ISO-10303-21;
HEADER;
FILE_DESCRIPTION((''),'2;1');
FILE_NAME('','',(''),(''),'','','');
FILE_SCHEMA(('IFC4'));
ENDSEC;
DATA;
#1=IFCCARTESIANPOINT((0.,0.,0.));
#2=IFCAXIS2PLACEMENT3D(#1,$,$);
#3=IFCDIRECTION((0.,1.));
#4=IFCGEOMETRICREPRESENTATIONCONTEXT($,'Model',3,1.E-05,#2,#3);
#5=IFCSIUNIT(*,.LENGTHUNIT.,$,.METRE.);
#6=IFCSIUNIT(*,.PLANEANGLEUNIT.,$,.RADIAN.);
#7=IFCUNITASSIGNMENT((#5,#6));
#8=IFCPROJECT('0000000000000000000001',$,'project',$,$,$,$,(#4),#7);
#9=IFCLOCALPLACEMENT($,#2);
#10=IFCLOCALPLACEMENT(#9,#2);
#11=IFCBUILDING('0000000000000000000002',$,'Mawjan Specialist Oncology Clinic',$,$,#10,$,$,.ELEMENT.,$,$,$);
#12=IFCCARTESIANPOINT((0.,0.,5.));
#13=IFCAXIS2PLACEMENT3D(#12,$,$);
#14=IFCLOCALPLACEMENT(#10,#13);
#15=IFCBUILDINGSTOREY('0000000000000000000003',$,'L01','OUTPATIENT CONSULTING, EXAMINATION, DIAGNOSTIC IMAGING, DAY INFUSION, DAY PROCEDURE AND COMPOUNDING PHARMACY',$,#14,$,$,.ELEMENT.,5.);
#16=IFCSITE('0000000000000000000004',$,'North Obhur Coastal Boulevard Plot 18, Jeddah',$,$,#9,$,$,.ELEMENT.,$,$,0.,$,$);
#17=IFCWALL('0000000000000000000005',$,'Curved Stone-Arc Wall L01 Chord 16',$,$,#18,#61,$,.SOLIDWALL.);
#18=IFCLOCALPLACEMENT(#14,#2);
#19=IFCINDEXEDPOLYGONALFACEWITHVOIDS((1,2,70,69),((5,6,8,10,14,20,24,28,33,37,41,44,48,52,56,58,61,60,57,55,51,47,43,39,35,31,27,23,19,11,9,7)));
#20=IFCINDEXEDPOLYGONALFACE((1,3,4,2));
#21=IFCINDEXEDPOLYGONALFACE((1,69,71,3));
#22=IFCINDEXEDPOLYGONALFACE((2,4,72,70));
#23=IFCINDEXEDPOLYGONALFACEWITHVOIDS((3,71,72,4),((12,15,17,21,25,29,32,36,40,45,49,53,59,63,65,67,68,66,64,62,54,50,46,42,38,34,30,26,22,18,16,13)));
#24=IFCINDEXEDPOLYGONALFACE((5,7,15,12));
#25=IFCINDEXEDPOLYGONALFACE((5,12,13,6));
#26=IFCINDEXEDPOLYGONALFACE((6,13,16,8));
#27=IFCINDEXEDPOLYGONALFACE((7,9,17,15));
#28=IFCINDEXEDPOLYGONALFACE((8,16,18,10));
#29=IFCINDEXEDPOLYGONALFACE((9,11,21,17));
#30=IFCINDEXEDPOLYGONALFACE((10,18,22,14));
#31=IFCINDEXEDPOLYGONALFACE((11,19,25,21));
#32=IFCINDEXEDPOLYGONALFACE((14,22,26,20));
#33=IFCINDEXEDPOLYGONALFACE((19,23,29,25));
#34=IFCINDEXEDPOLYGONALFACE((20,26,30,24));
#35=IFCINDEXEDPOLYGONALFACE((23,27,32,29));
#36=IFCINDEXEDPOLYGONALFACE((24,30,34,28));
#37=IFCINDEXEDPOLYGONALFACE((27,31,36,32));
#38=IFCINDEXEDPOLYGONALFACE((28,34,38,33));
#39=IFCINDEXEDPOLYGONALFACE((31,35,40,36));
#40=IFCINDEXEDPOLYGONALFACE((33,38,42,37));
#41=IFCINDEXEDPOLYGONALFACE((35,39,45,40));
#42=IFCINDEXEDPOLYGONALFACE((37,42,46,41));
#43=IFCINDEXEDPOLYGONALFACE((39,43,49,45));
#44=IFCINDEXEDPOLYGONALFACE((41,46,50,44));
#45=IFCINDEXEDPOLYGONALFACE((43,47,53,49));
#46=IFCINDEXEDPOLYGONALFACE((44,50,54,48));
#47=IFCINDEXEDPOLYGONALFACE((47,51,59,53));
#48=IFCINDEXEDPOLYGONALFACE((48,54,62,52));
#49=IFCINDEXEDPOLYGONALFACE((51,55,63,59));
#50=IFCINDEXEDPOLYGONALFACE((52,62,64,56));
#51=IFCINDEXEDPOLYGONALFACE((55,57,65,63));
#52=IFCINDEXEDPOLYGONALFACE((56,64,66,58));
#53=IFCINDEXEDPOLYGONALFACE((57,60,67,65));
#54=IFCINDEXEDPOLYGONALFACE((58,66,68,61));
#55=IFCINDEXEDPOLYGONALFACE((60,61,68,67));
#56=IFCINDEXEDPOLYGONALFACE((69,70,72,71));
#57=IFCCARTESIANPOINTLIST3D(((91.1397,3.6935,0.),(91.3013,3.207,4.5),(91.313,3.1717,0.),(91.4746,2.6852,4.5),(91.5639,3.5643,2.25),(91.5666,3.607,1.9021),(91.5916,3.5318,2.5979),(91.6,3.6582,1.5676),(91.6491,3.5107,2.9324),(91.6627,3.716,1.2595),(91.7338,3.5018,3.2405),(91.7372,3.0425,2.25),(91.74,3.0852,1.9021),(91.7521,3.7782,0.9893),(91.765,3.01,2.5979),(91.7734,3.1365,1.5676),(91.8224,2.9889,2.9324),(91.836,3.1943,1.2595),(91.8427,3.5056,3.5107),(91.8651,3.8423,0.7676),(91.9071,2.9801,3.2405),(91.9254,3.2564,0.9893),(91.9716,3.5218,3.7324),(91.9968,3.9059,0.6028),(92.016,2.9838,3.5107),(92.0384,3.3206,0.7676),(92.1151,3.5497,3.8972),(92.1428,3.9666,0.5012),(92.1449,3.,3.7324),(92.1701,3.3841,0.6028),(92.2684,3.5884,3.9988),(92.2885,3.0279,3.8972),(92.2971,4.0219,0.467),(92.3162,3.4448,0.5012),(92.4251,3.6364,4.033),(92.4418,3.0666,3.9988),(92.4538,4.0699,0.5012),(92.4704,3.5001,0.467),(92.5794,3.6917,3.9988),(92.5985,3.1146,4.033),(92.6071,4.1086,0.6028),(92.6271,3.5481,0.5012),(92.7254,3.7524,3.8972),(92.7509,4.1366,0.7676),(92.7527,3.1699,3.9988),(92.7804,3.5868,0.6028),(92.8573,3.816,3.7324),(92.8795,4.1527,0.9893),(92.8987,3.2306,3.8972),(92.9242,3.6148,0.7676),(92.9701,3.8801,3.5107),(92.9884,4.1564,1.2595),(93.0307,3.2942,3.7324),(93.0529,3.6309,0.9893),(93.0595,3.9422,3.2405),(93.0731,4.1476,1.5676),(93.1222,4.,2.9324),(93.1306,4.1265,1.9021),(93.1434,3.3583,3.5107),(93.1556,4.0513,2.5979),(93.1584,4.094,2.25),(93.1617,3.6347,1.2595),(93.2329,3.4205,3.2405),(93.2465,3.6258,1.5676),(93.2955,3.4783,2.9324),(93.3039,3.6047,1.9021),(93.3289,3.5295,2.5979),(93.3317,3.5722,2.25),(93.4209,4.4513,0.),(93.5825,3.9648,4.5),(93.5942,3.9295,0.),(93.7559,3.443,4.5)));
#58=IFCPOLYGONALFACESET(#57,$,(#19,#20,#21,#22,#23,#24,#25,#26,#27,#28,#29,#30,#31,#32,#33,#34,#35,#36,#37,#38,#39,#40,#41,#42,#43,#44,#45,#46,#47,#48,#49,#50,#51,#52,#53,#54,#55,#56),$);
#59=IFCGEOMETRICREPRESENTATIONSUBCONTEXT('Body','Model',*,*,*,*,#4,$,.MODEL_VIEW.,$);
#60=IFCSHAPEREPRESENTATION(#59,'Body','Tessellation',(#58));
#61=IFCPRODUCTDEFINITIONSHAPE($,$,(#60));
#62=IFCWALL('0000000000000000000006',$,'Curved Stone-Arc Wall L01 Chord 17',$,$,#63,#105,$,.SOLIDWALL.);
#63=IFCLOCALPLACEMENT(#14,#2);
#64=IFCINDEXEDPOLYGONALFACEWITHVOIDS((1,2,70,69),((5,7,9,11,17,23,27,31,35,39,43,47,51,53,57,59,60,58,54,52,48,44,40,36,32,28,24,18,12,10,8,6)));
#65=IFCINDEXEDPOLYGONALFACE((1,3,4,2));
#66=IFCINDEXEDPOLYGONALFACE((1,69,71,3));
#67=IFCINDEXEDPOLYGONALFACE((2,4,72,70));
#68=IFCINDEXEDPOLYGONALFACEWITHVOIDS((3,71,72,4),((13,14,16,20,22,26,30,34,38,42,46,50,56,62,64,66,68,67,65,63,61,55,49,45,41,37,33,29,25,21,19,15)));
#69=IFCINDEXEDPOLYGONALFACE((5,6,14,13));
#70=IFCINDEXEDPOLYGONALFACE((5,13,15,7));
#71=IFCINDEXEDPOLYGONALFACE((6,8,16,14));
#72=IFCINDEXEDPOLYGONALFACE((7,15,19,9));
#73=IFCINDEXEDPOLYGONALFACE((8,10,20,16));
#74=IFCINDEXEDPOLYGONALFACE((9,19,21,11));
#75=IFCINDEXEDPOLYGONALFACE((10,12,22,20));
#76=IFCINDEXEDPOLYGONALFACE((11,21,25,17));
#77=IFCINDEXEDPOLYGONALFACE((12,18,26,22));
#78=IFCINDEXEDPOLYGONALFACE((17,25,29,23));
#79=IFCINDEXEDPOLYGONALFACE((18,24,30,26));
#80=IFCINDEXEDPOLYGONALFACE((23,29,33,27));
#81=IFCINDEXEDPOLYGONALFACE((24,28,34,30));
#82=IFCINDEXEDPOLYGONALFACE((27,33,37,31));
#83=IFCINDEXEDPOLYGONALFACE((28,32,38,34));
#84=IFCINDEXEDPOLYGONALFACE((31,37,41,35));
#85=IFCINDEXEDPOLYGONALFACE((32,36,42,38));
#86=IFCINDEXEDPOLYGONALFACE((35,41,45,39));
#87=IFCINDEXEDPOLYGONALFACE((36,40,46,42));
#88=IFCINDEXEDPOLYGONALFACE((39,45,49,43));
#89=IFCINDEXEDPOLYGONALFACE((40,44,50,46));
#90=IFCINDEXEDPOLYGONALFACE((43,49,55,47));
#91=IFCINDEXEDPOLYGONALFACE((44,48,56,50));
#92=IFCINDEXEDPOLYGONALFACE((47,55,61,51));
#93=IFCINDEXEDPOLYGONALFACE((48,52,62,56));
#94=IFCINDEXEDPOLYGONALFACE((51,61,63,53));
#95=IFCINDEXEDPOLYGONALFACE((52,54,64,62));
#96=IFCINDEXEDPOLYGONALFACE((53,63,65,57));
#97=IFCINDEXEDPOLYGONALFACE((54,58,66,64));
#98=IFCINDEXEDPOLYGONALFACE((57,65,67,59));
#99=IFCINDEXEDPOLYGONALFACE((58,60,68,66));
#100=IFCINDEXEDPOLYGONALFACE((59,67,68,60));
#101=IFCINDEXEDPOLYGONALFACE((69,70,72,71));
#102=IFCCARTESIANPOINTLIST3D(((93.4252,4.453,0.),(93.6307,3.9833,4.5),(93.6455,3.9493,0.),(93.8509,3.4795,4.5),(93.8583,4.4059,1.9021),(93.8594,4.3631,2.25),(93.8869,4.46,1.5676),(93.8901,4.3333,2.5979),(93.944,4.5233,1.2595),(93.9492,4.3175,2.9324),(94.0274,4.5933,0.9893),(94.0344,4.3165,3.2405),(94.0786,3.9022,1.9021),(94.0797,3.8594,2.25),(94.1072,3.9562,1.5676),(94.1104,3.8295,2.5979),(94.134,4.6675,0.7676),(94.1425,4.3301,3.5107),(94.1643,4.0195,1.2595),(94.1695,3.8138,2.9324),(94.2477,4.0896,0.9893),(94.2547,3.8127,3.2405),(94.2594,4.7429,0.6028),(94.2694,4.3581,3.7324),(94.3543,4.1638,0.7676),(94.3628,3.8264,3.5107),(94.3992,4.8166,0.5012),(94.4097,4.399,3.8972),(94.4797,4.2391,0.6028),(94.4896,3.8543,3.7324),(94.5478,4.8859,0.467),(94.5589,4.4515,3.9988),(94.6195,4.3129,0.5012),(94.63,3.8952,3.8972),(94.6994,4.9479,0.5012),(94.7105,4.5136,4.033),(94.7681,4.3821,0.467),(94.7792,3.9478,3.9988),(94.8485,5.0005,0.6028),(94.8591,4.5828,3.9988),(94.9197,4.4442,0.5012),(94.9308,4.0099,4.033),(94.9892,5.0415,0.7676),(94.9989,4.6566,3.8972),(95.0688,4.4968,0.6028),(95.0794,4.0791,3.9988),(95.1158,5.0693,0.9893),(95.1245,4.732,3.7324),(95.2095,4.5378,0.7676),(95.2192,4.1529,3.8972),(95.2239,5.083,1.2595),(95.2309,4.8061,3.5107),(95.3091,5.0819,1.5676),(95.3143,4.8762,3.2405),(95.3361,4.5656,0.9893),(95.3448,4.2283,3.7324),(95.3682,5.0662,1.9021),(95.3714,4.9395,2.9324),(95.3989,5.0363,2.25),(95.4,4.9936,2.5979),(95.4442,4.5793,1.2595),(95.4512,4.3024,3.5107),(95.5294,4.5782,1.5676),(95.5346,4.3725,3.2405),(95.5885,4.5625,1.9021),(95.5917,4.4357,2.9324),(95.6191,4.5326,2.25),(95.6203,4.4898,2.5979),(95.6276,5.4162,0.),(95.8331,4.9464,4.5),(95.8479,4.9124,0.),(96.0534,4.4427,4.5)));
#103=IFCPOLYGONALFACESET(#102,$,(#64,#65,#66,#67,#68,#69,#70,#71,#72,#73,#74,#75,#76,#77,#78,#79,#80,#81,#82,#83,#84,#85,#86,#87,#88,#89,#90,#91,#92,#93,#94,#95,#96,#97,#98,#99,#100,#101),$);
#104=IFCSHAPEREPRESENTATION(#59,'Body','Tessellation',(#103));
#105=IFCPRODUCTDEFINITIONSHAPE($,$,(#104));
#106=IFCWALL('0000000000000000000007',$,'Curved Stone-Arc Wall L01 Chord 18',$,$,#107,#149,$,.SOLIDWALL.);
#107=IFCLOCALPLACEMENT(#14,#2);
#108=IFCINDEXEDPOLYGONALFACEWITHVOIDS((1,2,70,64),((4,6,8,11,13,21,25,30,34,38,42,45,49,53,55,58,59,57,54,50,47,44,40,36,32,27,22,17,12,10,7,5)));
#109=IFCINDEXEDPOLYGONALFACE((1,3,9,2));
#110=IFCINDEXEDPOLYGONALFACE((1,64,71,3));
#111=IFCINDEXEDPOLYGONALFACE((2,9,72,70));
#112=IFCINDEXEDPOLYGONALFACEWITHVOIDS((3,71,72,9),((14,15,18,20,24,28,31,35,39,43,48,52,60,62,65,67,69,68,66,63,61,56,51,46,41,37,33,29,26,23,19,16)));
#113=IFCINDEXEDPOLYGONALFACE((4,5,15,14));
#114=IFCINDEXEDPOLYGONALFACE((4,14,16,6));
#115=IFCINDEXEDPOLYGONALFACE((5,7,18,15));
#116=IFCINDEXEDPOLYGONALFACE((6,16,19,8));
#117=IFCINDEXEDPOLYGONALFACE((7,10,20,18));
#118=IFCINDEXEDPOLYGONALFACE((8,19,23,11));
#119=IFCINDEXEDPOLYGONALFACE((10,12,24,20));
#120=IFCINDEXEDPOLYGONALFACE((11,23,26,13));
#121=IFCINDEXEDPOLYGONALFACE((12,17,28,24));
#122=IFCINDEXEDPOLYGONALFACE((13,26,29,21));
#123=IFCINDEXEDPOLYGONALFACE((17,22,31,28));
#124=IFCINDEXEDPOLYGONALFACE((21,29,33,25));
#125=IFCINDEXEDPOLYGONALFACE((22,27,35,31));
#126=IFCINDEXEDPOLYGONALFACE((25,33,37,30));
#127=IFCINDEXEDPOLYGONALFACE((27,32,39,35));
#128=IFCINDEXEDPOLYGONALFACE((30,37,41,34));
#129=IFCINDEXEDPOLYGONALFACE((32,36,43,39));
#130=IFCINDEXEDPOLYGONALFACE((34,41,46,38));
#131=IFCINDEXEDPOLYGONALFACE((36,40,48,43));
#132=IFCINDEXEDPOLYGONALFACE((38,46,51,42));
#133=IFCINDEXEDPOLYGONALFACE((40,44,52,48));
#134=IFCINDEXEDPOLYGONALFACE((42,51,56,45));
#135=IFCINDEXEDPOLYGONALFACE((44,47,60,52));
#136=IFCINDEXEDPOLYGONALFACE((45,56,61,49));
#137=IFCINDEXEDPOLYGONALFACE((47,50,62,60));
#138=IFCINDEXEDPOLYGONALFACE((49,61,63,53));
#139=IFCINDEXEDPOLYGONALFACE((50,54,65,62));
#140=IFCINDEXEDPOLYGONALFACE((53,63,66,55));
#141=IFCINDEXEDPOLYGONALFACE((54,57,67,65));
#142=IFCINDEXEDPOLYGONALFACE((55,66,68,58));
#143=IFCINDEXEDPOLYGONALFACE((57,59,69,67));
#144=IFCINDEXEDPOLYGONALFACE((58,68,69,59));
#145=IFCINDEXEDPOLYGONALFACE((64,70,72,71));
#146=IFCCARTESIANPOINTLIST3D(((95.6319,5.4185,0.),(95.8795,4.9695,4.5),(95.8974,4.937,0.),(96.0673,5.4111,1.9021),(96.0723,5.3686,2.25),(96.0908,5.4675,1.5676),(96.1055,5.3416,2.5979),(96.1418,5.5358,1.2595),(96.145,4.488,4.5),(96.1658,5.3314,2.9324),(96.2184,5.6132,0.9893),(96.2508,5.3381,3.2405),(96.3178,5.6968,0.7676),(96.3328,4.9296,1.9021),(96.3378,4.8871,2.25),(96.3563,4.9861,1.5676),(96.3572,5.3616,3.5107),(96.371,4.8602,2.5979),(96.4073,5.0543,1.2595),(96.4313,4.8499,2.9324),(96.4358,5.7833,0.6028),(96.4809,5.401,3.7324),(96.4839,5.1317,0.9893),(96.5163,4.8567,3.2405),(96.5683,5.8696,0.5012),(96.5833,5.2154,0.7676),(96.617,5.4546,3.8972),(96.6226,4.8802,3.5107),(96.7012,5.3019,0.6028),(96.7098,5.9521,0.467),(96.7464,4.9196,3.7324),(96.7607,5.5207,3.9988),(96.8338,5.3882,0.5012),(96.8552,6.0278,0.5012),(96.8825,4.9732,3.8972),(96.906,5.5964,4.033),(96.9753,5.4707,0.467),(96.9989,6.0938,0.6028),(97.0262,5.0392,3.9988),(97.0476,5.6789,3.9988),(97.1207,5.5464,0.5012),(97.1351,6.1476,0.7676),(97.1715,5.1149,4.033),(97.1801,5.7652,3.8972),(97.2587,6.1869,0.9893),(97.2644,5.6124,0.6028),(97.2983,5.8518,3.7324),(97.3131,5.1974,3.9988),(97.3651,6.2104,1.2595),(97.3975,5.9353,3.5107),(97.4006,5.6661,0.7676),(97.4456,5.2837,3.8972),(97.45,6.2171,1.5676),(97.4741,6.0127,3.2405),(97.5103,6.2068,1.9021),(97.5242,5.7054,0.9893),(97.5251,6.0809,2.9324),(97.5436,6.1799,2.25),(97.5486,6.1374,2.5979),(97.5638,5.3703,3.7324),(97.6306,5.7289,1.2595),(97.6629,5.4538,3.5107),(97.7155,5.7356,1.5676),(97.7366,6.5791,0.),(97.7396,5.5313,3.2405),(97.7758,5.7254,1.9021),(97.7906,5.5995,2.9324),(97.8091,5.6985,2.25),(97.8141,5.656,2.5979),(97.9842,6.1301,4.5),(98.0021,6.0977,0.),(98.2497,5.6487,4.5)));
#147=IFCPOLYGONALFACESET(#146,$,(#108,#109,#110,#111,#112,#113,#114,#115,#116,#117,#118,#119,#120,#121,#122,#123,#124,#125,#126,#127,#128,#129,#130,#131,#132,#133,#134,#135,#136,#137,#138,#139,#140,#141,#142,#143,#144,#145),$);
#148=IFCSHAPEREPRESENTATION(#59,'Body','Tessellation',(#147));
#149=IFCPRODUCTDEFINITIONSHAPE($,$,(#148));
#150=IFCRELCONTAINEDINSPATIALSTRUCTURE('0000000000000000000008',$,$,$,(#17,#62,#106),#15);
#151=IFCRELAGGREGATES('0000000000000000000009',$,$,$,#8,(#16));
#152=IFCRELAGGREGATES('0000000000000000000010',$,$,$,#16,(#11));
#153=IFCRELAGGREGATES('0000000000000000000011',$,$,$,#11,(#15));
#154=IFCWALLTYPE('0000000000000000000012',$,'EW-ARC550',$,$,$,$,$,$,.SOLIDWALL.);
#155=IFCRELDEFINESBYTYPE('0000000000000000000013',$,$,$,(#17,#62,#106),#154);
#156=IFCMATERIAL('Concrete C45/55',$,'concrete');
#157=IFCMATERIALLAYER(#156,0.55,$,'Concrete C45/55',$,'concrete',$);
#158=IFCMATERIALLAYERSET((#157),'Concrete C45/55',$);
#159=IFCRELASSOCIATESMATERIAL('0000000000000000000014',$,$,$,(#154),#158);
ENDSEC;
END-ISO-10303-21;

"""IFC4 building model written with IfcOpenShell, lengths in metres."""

from ifc_helpers import new_model, si_unit, direction, frame, origin, place, context, subcontext, project, spatial, polyline, outline, extrude, material, layer, layer_set, type_object, element, save


model = new_model("IFC4")

# Units and contexts
model_context = context("Model", 3, precision=1e-05, world=origin(), true_north=direction((0.0, 1.0)))
body_context = subcontext(model_context, "Body", "Model", "MODEL_VIEW")
ifc_project = project(units=[si_unit("LENGTHUNIT", "METRE"), si_unit("PLANEANGLEUNIT", "RADIAN")], contexts=[model_context])

# Site, building, storey
site_placement = place(None, origin())
site = spatial("IfcSite", under=ifc_project, at=site_placement, Name="North Obhur Coastal Boulevard Plot 18, Jeddah", CompositionType="ELEMENT", RefElevation=0.0)
building_placement = place(site_placement, origin())
building = spatial("IfcBuilding", under=site, at=building_placement, Name="Mawjan Specialist Oncology Clinic", CompositionType="ELEMENT")
storey_placement = place(building_placement, frame((0.0, 0.0, 5.0)))
storey = spatial("IfcBuildingStorey", under=building, at=storey_placement, Name="L01", Description="OUTPATIENT CONSULTING, EXAMINATION, DIAGNOSTIC IMAGING, DAY INFUSION, DAY PROCEDURE AND COMPOUNDING PHARMACY", CompositionType="ELEMENT", Elevation=5.0)

# Walls, openings
ifc_material_1 = material(Name="Concrete C45/55", Category="concrete")
ifc_layer = layer(ifc_material_1, 0.55, Name="Concrete C45/55", Category="concrete")
ifc_layer_set = layer_set([ifc_layer], Name="Concrete C45/55")
wall_type = type_object("IfcWallType", Name="EW-ARC550", PredefinedType="SOLIDWALL", material=ifc_layer_set)
wall_1_placement = place(storey_placement, frame((93.5076, 4.1904, 0.0), z_axis=(0.0, 0.0, 1.0), x_axis=(-0.949008, -0.315253, 0.0)))
wall_1 = element("IfcWall", 1, at=wall_1_placement, inside=storey, type_object=wall_type, Name="Curved Stone-Arc Wall L01 Chord 16", PredefinedType="SOLIDWALL", context=body_context, shape_type="SweptSolid", body=[
    extrude(outline(polyline([(-0.2749, 0.0), (0.2749, 0.0), (0.7876, 4.5), (0.2378, 4.5), (-0.2749, 0.0)])), frame((0.0, 0.0, 0.0), z_axis=(1.0, 0.0, 0.0), x_axis=(0.0, 1.0, 0.0)), (0.0, 0.0, 1.0), 2.4038),
])
opening_1_placement = place(wall_1_placement, origin())
element("IfcOpeningElement", 2, at=opening_1_placement, cuts=wall_1, PredefinedType="OPENING", context=body_context, shape_type="SweptSolid", body=[
    extrude(outline(polyline([(2.042, 2.25), (2.0259, 2.5979), (1.978, 2.9324), (1.9004, 3.2405), (1.7959, 3.5107), (1.6685, 3.7324), (1.5234, 3.8972), (1.3657, 3.9988), (1.2019, 4.033), (1.0381, 3.9988), (0.8804, 3.8972), (0.7351, 3.7324), (0.6079, 3.5107), (0.5034, 3.2405), (0.4258, 2.9324), (0.3779, 2.5979), (0.3618, 2.25), (0.3779, 1.9021), (0.4258, 1.5676), (0.5034, 1.2595), (0.6079, 0.9893), (0.7351, 0.7676), (0.8804, 0.6028), (1.0381, 0.5012), (1.2019, 0.467), (1.3657, 0.5012), (1.5234, 0.6028), (1.6685, 0.7676), (1.7959, 0.9893), (1.9004, 1.2595), (1.978, 1.5676), (2.0259, 1.9021), (2.042, 2.25)])), frame((0.0, 0.8076, 0.0), z_axis=(0.0, -1.0, 0.0), x_axis=(1.0, 0.0, 0.0)), (0.0, 0.0, 1.0), 1.1028),
])
wall_2_placement = place(storey_placement, frame((95.7378, 5.1643, 0.0), z_axis=(0.0, 0.0, 1.0), x_axis=(-0.91622, -0.400675, 0.0)))
wall_2 = element("IfcWall", 3, at=wall_2_placement, inside=storey, type_object=wall_type, Name="Curved Stone-Arc Wall L01 Chord 17", PredefinedType="SOLIDWALL", context=body_context, shape_type="SweptSolid", body=[
    extrude(outline(polyline([(-0.2749, 0.0), (0.2749, 0.0), (0.7876, 4.5), (0.2378, 4.5), (-0.2749, 0.0)])), frame((0.0, 0.0, 0.0), z_axis=(1.0, 0.0, 0.0), x_axis=(0.0, 1.0, 0.0)), (0.0, 0.0, 1.0), 2.4038),
])
opening_2_placement = place(wall_2_placement, origin())
element("IfcOpeningElement", 4, at=opening_2_placement, cuts=wall_2, PredefinedType="OPENING", context=body_context, shape_type="SweptSolid", body=[
    extrude(outline(polyline([(2.042, 2.25), (2.0259, 2.5979), (1.978, 2.9324), (1.9004, 3.2405), (1.7959, 3.5107), (1.6685, 3.7324), (1.5234, 3.8972), (1.3657, 3.9988), (1.2019, 4.033), (1.0381, 3.9988), (0.8804, 3.8972), (0.7351, 3.7324), (0.6079, 3.5107), (0.5034, 3.2405), (0.4258, 2.9324), (0.3779, 2.5979), (0.3618, 2.25), (0.3779, 1.9021), (0.4258, 1.5676), (0.5034, 1.2595), (0.6079, 0.9893), (0.7351, 0.7676), (0.8804, 0.6028), (1.0381, 0.5012), (1.2019, 0.467), (1.3657, 0.5012), (1.5234, 0.6028), (1.6685, 0.7676), (1.7959, 0.9893), (1.9004, 1.2595), (1.978, 1.5676), (2.0259, 1.9021), (2.042, 2.25)])), frame((0.0, 0.8076, 0.0), z_axis=(0.0, -1.0, 0.0), x_axis=(1.0, 0.0, 0.0)), (0.0, 0.0, 1.0), 1.1028),
])
wall_3_placement = place(storey_placement, frame((97.8694, 6.3384, 0.0), z_axis=(0.0, 0.0, 1.0), x_axis=(-0.875681, -0.482889, 0.0)))
wall_3 = element("IfcWall", 5, at=wall_3_placement, inside=storey, type_object=wall_type, Name="Curved Stone-Arc Wall L01 Chord 18", PredefinedType="SOLIDWALL", context=body_context, shape_type="SweptSolid", body=[
    extrude(outline(polyline([(-0.2749, 0.0), (0.2749, 0.0), (0.7876, 4.5), (0.2378, 4.5), (-0.2749, 0.0)])), frame((0.0, 0.0, 0.0), z_axis=(1.0, 0.0, 0.0), x_axis=(0.0, 1.0, 0.0)), (0.0, 0.0, 1.0), 2.4036),
])
opening_3_placement = place(wall_3_placement, origin())
element("IfcOpeningElement", 6, at=opening_3_placement, cuts=wall_3, PredefinedType="OPENING", context=body_context, shape_type="SweptSolid", body=[
    extrude(outline(polyline([(2.042, 2.25), (2.0259, 2.5979), (1.978, 2.9324), (1.9004, 3.2405), (1.7959, 3.5107), (1.6685, 3.7324), (1.5234, 3.8972), (1.3657, 3.9988), (1.2019, 4.033), (1.0381, 3.9988), (0.8804, 3.8972), (0.7351, 3.7324), (0.6079, 3.5107), (0.5034, 3.2405), (0.4258, 2.9324), (0.3779, 2.5979), (0.3618, 2.25), (0.3779, 1.9021), (0.4258, 1.5676), (0.5034, 1.2595), (0.6079, 0.9893), (0.7351, 0.7676), (0.8804, 0.6028), (1.0381, 0.5012), (1.2019, 0.467), (1.3657, 0.5012), (1.5234, 0.6028), (1.6685, 0.7676), (1.7959, 0.9893), (1.9004, 1.2595), (1.978, 1.5676), (2.0259, 1.9021), (2.042, 2.25)])), frame((0.0, 0.8076, 0.0), z_axis=(0.0, -1.0, 0.0), x_axis=(1.0, 0.0, 0.0)), (0.0, 0.0, 1.0), 1.1028),
])

save(model, "model.ifc")
